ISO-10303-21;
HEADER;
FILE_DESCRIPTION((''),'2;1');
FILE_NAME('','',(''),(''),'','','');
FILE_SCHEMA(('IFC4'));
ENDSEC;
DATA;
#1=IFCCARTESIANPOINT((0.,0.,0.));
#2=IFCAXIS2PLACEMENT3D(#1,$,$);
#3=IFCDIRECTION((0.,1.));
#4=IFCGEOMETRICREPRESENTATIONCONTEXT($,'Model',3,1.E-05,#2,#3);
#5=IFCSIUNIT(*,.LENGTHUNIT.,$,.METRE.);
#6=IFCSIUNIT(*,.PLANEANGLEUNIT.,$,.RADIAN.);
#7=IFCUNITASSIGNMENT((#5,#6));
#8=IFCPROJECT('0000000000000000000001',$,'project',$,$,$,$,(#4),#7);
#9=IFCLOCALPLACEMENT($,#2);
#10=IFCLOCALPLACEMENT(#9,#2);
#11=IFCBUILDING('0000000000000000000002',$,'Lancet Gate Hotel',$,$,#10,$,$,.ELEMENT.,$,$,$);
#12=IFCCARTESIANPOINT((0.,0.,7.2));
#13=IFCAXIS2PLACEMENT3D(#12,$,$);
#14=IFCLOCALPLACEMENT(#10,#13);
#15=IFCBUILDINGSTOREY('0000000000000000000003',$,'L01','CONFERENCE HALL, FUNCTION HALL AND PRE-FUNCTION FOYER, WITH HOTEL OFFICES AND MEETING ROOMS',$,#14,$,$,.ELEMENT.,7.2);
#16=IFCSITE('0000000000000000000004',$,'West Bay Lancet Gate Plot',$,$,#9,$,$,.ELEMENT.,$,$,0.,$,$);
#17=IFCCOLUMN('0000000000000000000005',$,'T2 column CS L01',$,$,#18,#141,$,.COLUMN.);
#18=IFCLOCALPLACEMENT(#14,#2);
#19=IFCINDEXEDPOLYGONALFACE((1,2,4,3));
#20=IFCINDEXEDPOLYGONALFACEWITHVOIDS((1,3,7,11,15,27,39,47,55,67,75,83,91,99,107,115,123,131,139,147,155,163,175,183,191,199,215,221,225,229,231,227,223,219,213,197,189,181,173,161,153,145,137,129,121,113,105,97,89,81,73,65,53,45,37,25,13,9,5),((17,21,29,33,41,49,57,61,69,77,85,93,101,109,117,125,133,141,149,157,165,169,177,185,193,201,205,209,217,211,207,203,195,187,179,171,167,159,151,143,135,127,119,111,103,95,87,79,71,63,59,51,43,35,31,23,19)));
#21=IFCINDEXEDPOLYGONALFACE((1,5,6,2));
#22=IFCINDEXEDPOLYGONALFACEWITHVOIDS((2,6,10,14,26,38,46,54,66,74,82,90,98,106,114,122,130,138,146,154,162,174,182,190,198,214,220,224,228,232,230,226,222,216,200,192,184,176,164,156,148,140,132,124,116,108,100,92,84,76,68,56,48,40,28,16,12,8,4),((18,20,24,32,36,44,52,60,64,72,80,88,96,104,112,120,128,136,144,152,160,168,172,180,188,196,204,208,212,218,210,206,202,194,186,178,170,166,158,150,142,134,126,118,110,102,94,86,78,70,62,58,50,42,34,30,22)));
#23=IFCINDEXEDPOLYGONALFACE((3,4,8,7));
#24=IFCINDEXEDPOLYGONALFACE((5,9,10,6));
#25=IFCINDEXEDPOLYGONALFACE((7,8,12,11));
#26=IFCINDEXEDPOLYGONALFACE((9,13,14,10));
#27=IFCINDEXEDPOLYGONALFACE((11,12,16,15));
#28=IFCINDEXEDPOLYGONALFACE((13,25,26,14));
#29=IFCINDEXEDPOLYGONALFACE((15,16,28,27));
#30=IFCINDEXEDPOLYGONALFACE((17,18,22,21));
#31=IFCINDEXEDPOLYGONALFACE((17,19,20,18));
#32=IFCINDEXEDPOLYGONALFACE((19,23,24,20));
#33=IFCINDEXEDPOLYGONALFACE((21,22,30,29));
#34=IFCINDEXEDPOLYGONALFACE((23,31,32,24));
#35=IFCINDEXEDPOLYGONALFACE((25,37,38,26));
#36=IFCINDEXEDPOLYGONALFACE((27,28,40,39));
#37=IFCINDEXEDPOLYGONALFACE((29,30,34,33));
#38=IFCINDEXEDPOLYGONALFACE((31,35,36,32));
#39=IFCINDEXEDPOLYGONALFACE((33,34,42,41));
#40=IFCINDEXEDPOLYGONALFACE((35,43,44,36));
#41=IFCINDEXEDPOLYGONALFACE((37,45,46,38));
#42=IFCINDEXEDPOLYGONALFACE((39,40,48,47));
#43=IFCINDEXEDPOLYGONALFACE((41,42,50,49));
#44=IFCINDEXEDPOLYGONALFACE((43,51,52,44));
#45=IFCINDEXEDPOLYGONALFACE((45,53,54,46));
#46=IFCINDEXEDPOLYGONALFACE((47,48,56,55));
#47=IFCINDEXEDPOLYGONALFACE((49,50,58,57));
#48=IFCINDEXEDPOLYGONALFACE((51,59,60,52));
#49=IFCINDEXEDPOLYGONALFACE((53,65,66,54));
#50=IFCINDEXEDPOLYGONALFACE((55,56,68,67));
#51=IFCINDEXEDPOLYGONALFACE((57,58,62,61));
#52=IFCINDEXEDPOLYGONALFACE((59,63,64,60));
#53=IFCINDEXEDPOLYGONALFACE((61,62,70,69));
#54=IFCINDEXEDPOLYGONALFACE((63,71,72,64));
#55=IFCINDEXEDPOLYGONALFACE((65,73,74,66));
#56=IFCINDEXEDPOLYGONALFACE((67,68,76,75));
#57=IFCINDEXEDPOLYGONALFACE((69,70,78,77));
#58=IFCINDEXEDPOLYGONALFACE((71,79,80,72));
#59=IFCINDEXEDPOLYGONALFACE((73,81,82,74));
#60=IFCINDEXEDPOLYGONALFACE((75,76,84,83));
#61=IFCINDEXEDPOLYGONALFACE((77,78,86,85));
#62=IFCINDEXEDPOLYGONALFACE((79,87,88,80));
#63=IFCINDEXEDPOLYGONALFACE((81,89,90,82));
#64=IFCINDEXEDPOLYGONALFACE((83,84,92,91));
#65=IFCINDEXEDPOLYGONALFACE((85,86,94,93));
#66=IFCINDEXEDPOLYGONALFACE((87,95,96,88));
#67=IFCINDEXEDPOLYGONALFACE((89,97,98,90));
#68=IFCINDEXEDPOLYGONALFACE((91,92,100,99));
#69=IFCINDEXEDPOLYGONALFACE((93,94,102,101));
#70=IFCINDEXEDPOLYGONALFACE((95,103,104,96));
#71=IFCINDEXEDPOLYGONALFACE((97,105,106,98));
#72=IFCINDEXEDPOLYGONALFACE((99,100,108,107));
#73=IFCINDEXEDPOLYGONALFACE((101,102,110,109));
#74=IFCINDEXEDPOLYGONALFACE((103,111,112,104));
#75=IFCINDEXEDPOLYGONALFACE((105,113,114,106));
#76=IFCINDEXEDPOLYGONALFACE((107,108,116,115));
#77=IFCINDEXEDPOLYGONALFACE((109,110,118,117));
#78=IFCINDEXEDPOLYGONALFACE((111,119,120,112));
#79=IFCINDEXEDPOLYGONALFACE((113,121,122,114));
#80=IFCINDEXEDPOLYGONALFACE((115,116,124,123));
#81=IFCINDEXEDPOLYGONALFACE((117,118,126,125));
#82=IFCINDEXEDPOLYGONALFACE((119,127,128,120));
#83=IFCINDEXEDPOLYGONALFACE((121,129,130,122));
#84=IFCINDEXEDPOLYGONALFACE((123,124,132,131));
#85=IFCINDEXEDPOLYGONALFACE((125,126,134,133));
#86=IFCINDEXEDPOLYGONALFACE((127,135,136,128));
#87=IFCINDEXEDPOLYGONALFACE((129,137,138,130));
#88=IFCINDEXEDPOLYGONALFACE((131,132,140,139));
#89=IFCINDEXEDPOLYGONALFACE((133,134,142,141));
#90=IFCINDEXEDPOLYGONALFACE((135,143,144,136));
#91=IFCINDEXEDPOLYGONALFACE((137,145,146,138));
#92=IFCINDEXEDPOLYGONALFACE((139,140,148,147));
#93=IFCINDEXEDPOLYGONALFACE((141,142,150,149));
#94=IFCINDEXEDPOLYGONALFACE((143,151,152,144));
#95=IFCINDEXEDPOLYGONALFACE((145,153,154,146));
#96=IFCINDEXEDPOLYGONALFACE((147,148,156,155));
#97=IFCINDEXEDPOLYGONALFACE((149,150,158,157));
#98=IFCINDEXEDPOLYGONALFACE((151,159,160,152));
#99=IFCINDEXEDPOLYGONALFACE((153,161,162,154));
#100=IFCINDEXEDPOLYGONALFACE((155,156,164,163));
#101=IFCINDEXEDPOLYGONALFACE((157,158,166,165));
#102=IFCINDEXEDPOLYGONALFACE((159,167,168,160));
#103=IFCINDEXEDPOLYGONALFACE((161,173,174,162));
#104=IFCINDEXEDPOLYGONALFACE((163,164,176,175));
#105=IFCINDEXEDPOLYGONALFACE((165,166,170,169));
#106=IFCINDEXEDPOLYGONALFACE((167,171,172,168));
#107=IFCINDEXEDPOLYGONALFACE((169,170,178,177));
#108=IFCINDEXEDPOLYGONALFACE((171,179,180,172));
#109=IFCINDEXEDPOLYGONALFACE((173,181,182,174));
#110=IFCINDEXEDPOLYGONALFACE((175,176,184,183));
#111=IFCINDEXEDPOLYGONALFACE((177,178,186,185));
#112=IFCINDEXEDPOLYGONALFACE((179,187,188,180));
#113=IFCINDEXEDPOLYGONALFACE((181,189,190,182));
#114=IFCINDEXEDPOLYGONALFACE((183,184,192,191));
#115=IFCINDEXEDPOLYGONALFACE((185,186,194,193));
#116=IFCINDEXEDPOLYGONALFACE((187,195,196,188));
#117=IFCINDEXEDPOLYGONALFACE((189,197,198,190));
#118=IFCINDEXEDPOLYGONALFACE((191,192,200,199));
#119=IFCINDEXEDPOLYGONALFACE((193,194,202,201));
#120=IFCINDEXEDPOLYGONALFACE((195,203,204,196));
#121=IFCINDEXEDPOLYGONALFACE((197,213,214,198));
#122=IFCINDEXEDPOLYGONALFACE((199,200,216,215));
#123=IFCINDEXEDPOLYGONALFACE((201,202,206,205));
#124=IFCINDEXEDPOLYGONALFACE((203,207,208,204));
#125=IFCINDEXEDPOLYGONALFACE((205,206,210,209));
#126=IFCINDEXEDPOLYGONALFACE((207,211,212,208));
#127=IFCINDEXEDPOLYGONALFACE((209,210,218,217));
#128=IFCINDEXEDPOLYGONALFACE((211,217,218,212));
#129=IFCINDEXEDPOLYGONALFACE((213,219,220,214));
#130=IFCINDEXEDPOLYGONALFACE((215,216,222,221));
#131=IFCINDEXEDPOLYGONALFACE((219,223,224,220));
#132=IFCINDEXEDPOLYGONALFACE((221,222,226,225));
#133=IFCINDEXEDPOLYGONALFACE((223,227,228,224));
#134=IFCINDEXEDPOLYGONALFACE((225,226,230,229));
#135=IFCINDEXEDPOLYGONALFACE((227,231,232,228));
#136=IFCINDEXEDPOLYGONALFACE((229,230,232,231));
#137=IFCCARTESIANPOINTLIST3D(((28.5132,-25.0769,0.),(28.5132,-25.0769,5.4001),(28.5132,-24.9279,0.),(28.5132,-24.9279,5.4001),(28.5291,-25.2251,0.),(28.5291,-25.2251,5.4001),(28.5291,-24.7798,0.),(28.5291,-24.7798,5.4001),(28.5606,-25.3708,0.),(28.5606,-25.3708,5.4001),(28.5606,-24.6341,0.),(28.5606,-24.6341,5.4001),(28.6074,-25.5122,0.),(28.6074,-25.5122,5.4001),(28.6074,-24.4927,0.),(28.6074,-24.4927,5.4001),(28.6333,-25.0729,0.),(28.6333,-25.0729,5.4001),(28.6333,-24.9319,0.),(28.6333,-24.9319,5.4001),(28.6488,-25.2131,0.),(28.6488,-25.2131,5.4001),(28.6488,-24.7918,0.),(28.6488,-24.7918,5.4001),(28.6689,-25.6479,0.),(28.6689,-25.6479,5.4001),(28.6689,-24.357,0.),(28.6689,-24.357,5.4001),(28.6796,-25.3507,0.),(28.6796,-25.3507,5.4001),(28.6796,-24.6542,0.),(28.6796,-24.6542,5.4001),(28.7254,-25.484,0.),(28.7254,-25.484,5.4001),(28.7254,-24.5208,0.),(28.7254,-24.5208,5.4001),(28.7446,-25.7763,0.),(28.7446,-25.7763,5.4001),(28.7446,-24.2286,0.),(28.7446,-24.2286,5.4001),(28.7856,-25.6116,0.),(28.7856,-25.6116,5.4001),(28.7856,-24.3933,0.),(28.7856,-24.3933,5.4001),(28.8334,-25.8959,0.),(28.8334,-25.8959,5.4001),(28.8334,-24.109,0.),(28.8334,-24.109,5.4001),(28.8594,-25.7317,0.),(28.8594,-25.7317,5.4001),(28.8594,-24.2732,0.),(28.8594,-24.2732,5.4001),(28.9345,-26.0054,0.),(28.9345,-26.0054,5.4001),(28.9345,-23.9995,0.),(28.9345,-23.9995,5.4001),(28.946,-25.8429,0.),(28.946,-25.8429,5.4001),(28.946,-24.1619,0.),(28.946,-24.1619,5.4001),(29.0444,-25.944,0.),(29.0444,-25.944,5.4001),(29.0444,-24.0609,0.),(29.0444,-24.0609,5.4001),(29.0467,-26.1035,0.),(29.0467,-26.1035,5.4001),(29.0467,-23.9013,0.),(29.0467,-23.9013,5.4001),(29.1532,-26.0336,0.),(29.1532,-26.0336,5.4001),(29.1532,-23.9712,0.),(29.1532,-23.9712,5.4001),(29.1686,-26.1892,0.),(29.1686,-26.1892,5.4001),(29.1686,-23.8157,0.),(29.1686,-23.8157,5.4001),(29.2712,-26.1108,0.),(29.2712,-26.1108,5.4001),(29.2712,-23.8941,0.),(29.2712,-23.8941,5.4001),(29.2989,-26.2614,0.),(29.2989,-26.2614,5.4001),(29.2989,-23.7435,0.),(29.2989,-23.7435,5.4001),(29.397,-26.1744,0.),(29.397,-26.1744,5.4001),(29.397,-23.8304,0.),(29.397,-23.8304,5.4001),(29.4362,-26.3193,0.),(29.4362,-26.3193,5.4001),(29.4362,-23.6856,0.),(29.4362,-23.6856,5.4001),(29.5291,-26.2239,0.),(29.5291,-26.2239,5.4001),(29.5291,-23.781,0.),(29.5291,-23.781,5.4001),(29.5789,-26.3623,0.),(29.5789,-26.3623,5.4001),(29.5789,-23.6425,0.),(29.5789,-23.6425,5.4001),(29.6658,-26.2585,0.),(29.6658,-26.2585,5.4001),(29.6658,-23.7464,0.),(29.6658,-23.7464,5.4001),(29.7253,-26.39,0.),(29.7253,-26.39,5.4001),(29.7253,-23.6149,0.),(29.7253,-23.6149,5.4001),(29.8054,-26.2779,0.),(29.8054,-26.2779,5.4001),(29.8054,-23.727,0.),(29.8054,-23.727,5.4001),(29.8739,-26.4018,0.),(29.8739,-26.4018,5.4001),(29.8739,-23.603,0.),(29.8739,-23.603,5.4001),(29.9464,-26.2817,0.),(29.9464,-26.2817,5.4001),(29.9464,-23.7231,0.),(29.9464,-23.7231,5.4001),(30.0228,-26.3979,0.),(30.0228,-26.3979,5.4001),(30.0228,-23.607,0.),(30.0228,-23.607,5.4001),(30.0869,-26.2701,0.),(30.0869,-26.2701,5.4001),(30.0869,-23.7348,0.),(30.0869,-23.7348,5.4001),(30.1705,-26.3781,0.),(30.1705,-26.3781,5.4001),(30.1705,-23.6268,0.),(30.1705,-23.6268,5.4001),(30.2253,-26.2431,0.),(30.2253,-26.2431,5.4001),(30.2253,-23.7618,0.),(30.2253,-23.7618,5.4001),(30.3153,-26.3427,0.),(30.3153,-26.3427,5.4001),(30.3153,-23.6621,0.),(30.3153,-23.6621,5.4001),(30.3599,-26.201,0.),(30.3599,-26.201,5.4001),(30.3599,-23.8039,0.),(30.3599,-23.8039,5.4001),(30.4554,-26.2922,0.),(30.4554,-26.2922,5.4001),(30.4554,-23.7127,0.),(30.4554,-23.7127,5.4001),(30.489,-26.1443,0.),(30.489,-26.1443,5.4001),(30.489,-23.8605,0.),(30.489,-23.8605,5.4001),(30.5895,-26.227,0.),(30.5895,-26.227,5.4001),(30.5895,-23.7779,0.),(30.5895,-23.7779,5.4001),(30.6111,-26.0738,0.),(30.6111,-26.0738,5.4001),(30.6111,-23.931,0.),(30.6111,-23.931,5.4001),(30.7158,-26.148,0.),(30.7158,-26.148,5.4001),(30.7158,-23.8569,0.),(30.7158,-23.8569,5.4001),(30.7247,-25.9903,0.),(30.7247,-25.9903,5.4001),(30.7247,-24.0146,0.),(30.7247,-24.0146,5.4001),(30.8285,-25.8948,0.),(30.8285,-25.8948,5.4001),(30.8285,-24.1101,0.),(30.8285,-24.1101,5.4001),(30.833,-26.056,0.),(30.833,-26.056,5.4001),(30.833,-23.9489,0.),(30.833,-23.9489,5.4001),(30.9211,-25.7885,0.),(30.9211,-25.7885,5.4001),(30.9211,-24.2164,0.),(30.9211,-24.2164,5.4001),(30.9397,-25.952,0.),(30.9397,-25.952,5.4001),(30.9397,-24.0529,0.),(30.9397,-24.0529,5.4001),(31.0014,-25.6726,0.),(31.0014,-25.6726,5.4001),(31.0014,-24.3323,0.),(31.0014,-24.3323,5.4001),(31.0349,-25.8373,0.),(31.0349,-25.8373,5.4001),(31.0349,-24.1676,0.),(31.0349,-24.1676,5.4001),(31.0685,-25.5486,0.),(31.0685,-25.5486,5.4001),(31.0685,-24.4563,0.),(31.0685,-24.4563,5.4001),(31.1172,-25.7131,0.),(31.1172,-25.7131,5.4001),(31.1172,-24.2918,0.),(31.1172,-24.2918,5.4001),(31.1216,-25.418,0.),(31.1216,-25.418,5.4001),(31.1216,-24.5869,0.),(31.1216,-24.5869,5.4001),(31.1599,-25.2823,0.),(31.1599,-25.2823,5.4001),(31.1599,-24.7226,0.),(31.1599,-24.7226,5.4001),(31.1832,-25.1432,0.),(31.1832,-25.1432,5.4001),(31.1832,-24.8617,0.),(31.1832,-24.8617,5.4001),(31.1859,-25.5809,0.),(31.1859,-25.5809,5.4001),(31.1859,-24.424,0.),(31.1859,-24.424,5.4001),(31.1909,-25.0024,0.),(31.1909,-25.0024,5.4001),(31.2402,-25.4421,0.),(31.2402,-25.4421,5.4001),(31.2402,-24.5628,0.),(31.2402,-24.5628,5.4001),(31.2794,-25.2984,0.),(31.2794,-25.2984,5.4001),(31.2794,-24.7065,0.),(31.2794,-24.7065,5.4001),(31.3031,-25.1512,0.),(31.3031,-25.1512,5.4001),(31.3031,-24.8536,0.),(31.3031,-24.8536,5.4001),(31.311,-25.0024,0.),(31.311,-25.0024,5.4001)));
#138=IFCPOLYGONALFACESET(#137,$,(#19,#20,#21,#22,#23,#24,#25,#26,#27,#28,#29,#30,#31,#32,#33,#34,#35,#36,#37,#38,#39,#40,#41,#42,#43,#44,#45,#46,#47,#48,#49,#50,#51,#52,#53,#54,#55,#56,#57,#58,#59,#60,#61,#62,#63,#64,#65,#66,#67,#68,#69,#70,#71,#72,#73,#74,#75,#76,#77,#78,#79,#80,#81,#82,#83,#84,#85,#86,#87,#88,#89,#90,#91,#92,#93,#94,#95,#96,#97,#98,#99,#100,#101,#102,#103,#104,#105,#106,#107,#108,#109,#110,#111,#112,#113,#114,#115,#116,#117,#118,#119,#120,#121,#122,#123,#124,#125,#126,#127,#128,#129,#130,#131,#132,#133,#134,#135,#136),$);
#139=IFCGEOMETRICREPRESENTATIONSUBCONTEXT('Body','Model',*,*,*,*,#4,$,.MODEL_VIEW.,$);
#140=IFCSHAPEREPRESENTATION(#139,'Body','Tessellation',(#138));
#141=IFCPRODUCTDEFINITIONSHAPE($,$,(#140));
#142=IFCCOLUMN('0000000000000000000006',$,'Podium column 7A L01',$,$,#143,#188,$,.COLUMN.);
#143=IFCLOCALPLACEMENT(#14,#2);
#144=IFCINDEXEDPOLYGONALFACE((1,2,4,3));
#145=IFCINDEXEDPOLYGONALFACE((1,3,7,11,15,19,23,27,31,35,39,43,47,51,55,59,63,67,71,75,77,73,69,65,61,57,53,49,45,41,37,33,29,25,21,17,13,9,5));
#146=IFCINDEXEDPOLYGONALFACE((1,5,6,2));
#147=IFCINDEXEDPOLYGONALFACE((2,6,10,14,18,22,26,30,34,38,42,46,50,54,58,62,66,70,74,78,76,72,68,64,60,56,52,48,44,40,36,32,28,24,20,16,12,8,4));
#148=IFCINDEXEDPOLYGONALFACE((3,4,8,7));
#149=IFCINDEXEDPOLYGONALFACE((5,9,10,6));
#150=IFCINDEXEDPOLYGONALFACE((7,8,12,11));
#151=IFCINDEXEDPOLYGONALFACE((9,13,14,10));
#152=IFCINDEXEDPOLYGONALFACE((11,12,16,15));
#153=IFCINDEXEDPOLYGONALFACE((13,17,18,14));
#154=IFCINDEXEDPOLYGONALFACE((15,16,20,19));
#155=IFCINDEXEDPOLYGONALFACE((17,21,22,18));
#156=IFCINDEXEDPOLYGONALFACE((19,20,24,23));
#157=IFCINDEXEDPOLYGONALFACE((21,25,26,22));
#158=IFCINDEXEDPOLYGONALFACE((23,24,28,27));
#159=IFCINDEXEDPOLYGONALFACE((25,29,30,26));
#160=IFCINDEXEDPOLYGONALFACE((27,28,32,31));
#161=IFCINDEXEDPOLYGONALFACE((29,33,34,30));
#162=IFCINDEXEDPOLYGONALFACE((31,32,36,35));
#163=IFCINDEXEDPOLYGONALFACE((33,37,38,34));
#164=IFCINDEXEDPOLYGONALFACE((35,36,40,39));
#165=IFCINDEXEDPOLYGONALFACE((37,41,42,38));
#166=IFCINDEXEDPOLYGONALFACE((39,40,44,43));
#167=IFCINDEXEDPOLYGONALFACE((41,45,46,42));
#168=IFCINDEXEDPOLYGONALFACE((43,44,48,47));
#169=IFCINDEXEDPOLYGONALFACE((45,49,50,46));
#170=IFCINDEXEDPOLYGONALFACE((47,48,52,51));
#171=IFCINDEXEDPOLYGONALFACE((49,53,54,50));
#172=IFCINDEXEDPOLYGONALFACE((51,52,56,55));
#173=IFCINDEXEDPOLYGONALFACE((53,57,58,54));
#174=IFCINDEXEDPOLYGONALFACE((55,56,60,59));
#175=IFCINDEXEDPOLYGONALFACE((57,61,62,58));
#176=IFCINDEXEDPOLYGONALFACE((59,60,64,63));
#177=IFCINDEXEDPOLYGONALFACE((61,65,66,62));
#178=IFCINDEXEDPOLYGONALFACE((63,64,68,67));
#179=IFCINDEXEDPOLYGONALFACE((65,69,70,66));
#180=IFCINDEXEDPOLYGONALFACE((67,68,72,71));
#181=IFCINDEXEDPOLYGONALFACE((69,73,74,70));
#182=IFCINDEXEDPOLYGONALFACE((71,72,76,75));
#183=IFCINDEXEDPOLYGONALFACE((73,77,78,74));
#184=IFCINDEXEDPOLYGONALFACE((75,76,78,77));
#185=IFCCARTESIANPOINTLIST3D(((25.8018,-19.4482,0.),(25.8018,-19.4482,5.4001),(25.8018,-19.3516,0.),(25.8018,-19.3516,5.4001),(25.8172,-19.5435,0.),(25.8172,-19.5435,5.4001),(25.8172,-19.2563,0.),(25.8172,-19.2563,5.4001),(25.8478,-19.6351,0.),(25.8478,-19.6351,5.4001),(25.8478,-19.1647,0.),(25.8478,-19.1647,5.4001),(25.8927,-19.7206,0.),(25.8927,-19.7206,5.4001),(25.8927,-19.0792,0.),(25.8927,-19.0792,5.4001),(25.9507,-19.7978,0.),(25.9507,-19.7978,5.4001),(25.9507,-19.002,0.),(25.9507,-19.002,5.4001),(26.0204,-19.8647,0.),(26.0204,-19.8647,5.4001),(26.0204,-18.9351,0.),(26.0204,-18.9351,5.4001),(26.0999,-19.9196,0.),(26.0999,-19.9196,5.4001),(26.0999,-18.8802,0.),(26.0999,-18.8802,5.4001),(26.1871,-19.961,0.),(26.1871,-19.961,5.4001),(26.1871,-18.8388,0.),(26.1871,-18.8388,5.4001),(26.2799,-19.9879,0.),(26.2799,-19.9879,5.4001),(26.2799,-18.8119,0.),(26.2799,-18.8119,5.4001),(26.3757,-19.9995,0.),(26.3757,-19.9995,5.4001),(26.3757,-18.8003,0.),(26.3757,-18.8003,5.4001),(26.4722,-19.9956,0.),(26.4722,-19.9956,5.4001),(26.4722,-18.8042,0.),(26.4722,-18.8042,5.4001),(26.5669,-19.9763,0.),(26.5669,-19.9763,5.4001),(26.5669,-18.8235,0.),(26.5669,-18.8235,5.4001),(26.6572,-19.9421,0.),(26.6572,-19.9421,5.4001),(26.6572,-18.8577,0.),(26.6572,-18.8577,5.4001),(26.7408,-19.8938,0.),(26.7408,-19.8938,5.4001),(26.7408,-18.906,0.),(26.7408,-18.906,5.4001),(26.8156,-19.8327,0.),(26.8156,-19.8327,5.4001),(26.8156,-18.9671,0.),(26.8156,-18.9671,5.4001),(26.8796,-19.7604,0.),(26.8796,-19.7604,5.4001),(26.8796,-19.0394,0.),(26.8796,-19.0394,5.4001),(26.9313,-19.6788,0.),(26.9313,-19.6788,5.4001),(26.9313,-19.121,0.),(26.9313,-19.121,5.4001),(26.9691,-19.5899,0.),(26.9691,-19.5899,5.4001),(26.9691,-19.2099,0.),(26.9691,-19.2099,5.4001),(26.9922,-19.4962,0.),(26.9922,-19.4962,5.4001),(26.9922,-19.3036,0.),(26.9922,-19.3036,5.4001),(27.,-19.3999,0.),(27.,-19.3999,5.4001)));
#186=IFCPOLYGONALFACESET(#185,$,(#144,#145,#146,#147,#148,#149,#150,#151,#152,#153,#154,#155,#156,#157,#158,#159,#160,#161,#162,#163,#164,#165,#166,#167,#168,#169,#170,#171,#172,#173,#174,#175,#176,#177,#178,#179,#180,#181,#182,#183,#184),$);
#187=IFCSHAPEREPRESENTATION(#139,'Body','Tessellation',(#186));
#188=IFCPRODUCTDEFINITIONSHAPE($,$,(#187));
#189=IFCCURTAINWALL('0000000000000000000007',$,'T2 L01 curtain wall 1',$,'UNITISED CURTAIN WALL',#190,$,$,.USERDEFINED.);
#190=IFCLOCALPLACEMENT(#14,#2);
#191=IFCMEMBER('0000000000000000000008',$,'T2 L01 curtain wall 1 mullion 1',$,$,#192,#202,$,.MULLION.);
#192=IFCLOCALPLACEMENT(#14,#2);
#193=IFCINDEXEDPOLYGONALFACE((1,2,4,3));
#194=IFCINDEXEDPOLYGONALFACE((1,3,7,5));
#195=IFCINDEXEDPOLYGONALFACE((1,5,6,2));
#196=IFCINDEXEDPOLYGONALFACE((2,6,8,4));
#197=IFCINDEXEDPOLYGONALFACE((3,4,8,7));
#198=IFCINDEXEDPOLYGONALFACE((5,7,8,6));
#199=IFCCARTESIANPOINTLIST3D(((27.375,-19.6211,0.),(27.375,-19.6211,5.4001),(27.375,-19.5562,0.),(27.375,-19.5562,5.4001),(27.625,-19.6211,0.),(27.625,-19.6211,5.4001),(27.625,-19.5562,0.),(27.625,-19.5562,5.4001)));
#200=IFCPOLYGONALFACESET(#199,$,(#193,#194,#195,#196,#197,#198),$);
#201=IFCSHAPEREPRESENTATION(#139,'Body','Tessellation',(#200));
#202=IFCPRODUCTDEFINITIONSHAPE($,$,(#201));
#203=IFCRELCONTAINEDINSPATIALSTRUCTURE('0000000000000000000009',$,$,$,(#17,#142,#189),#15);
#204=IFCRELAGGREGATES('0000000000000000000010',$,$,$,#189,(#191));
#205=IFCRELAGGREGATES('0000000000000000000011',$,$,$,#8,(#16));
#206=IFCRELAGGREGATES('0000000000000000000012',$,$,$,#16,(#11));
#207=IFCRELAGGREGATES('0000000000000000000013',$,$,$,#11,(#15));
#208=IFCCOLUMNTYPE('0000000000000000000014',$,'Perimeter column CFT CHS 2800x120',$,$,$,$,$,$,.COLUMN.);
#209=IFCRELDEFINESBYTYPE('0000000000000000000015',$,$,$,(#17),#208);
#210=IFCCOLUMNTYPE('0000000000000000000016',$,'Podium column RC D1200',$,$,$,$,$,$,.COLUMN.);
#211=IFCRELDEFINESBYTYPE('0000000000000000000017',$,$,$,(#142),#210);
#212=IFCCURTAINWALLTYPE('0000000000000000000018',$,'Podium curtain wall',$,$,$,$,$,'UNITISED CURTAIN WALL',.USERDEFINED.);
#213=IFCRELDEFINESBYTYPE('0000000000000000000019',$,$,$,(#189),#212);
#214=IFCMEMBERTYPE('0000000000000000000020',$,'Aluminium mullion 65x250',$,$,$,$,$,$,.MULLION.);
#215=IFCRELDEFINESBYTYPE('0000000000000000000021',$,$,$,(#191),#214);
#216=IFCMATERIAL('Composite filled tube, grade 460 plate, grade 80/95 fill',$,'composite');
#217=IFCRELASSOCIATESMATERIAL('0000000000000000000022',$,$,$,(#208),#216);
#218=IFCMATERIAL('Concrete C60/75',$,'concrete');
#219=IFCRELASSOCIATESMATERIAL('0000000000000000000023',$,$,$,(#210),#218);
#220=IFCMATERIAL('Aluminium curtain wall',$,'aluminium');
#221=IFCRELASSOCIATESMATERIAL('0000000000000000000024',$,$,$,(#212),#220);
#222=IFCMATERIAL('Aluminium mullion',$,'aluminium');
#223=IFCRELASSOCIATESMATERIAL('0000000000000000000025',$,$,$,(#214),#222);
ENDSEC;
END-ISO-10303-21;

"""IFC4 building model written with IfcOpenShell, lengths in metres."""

from ifc_helpers import new_model, si_unit, direction, frame, origin, origin_2d, place, context, subcontext, project, spatial, rectangle, circle, hollow_circle, extrude, material, material_profile, profile_set, type_object, element, aggregate, save


model = new_model("IFC4")

# Units and contexts
model_context = context("Model", 3, precision=1e-05, world=origin(), true_north=direction((0.0, 1.0)))
body_context = subcontext(model_context, "Body", "Model", "MODEL_VIEW")
ifc_project = project(units=[si_unit("LENGTHUNIT", "METRE"), si_unit("PLANEANGLEUNIT", "RADIAN")], contexts=[model_context])

# Site, building, storey
site_placement = place(None, origin())
site = spatial("IfcSite", under=ifc_project, at=site_placement, Name="West Bay Lancet Gate Plot", CompositionType="ELEMENT", RefElevation=0.0)
building_placement = place(site_placement, origin())
building = spatial("IfcBuilding", under=site, at=building_placement, Name="Lancet Gate Hotel", CompositionType="ELEMENT")
storey_placement = place(building_placement, frame((0.0, 0.0, 7.2)))
storey = spatial("IfcBuildingStorey", under=building, at=storey_placement, Name="L01", Description="CONFERENCE HALL, FUNCTION HALL AND PRE-FUNCTION FOYER, WITH HOTEL OFFICES AND MEETING ROOMS", CompositionType="ELEMENT", Elevation=7.2)

# Columns
ifc_material_1 = material(Name="Composite filled tube, grade 460 plate, grade 80/95 fill", Category="composite")
ifc_material_profile_1 = material_profile(ifc_material_1, hollow_circle(Radius=1.3999, WallThickness=0.1201, at=origin_2d()), Name="CHS 2800x120")
ifc_profile_set_1 = profile_set([ifc_material_profile_1], Name="Composite filled tube, grade 460 plate, grade 80/95 fill")
column_type_1 = type_object("IfcColumnType", Name="Perimeter column CFT CHS 2800x120", PredefinedType="COLUMN", material=ifc_profile_set_1)
column_1_placement = place(storey_placement, frame((29.9111, -25.0024, 0.0), z_axis=(0.0, 0.0, 1.0), x_axis=(1.0, 0.0, 0.0)))
element("IfcColumn", 1, at=column_1_placement, inside=storey, type_object=column_type_1, Name="T2 column CS L01", PredefinedType="COLUMN", context=body_context, shape_type="SweptSolid", body=[
    extrude(hollow_circle(Radius=1.3999, WallThickness=0.1201, at=origin_2d()), origin(), (0.0, 0.0, 1.0), 5.4001),
])
ifc_material_2 = material(Name="Concrete C60/75", Category="concrete")
ifc_material_profile_2 = material_profile(ifc_material_2, circle(Radius=0.6001, at=origin_2d()), Name="RC D1200")
ifc_profile_set_2 = profile_set([ifc_material_profile_2], Name="Concrete C60/75")
column_type_2 = type_object("IfcColumnType", Name="Podium column RC D1200", PredefinedType="COLUMN", material=ifc_profile_set_2)
column_2_placement = place(storey_placement, frame((26.3999, -19.3999, 0.0), z_axis=(0.0, 0.0, 1.0), x_axis=(1.0, 0.0, 0.0)))
element("IfcColumn", 2, at=column_2_placement, inside=storey, type_object=column_type_2, Name="Podium column 7A L01", PredefinedType="COLUMN", context=body_context, shape_type="SweptSolid", body=[
    extrude(circle(Radius=0.6001, at=origin_2d()), origin(), (0.0, 0.0, 1.0), 5.4001),
])

# Curtain wall, member
ifc_material_3 = material(Name="Aluminium curtain wall", Category="aluminium")
curtain_wall_type = type_object("IfcCurtainWallType", Name="Podium curtain wall", ElementType="UNITISED CURTAIN WALL", PredefinedType="USERDEFINED", material=ifc_material_3)
curtain_wall_1_placement = place(storey_placement, origin())
curtain_wall_1 = element("IfcCurtainWall", 3, at=curtain_wall_1_placement, inside=storey, type_object=curtain_wall_type, Name="T2 L01 curtain wall 1", ObjectType="UNITISED CURTAIN WALL", PredefinedType="USERDEFINED")
ifc_material_4 = material(Name="Aluminium mullion", Category="aluminium")
ifc_material_profile_3 = material_profile(ifc_material_4, rectangle(XDim=0.0649, YDim=0.25, at=origin_2d()), Name="MULLION 65x250")
ifc_profile_set_3 = profile_set([ifc_material_profile_3], Name="Aluminium mullion")
member_type_1 = type_object("IfcMemberType", Name="Aluminium mullion 65x250", PredefinedType="MULLION", material=ifc_profile_set_3)
member_1_placement = place(storey_placement, frame((27.5, -19.5886, 0.0), z_axis=(0.0, 0.0, 1.0), x_axis=(0.0, -1.0, 0.0)))
member_1 = element("IfcMember", 4, at=member_1_placement, type_object=member_type_1, Name="T2 L01 curtain wall 1 mullion 1", PredefinedType="MULLION", context=body_context, shape_type="SweptSolid", body=[
    extrude(rectangle(XDim=0.0649, YDim=0.25, at=origin_2d()), origin(), (0.0, 0.0, 1.0), 5.4001),
])

aggregate(curtain_wall_1, [member_1])

save(model, "model.ifc")
